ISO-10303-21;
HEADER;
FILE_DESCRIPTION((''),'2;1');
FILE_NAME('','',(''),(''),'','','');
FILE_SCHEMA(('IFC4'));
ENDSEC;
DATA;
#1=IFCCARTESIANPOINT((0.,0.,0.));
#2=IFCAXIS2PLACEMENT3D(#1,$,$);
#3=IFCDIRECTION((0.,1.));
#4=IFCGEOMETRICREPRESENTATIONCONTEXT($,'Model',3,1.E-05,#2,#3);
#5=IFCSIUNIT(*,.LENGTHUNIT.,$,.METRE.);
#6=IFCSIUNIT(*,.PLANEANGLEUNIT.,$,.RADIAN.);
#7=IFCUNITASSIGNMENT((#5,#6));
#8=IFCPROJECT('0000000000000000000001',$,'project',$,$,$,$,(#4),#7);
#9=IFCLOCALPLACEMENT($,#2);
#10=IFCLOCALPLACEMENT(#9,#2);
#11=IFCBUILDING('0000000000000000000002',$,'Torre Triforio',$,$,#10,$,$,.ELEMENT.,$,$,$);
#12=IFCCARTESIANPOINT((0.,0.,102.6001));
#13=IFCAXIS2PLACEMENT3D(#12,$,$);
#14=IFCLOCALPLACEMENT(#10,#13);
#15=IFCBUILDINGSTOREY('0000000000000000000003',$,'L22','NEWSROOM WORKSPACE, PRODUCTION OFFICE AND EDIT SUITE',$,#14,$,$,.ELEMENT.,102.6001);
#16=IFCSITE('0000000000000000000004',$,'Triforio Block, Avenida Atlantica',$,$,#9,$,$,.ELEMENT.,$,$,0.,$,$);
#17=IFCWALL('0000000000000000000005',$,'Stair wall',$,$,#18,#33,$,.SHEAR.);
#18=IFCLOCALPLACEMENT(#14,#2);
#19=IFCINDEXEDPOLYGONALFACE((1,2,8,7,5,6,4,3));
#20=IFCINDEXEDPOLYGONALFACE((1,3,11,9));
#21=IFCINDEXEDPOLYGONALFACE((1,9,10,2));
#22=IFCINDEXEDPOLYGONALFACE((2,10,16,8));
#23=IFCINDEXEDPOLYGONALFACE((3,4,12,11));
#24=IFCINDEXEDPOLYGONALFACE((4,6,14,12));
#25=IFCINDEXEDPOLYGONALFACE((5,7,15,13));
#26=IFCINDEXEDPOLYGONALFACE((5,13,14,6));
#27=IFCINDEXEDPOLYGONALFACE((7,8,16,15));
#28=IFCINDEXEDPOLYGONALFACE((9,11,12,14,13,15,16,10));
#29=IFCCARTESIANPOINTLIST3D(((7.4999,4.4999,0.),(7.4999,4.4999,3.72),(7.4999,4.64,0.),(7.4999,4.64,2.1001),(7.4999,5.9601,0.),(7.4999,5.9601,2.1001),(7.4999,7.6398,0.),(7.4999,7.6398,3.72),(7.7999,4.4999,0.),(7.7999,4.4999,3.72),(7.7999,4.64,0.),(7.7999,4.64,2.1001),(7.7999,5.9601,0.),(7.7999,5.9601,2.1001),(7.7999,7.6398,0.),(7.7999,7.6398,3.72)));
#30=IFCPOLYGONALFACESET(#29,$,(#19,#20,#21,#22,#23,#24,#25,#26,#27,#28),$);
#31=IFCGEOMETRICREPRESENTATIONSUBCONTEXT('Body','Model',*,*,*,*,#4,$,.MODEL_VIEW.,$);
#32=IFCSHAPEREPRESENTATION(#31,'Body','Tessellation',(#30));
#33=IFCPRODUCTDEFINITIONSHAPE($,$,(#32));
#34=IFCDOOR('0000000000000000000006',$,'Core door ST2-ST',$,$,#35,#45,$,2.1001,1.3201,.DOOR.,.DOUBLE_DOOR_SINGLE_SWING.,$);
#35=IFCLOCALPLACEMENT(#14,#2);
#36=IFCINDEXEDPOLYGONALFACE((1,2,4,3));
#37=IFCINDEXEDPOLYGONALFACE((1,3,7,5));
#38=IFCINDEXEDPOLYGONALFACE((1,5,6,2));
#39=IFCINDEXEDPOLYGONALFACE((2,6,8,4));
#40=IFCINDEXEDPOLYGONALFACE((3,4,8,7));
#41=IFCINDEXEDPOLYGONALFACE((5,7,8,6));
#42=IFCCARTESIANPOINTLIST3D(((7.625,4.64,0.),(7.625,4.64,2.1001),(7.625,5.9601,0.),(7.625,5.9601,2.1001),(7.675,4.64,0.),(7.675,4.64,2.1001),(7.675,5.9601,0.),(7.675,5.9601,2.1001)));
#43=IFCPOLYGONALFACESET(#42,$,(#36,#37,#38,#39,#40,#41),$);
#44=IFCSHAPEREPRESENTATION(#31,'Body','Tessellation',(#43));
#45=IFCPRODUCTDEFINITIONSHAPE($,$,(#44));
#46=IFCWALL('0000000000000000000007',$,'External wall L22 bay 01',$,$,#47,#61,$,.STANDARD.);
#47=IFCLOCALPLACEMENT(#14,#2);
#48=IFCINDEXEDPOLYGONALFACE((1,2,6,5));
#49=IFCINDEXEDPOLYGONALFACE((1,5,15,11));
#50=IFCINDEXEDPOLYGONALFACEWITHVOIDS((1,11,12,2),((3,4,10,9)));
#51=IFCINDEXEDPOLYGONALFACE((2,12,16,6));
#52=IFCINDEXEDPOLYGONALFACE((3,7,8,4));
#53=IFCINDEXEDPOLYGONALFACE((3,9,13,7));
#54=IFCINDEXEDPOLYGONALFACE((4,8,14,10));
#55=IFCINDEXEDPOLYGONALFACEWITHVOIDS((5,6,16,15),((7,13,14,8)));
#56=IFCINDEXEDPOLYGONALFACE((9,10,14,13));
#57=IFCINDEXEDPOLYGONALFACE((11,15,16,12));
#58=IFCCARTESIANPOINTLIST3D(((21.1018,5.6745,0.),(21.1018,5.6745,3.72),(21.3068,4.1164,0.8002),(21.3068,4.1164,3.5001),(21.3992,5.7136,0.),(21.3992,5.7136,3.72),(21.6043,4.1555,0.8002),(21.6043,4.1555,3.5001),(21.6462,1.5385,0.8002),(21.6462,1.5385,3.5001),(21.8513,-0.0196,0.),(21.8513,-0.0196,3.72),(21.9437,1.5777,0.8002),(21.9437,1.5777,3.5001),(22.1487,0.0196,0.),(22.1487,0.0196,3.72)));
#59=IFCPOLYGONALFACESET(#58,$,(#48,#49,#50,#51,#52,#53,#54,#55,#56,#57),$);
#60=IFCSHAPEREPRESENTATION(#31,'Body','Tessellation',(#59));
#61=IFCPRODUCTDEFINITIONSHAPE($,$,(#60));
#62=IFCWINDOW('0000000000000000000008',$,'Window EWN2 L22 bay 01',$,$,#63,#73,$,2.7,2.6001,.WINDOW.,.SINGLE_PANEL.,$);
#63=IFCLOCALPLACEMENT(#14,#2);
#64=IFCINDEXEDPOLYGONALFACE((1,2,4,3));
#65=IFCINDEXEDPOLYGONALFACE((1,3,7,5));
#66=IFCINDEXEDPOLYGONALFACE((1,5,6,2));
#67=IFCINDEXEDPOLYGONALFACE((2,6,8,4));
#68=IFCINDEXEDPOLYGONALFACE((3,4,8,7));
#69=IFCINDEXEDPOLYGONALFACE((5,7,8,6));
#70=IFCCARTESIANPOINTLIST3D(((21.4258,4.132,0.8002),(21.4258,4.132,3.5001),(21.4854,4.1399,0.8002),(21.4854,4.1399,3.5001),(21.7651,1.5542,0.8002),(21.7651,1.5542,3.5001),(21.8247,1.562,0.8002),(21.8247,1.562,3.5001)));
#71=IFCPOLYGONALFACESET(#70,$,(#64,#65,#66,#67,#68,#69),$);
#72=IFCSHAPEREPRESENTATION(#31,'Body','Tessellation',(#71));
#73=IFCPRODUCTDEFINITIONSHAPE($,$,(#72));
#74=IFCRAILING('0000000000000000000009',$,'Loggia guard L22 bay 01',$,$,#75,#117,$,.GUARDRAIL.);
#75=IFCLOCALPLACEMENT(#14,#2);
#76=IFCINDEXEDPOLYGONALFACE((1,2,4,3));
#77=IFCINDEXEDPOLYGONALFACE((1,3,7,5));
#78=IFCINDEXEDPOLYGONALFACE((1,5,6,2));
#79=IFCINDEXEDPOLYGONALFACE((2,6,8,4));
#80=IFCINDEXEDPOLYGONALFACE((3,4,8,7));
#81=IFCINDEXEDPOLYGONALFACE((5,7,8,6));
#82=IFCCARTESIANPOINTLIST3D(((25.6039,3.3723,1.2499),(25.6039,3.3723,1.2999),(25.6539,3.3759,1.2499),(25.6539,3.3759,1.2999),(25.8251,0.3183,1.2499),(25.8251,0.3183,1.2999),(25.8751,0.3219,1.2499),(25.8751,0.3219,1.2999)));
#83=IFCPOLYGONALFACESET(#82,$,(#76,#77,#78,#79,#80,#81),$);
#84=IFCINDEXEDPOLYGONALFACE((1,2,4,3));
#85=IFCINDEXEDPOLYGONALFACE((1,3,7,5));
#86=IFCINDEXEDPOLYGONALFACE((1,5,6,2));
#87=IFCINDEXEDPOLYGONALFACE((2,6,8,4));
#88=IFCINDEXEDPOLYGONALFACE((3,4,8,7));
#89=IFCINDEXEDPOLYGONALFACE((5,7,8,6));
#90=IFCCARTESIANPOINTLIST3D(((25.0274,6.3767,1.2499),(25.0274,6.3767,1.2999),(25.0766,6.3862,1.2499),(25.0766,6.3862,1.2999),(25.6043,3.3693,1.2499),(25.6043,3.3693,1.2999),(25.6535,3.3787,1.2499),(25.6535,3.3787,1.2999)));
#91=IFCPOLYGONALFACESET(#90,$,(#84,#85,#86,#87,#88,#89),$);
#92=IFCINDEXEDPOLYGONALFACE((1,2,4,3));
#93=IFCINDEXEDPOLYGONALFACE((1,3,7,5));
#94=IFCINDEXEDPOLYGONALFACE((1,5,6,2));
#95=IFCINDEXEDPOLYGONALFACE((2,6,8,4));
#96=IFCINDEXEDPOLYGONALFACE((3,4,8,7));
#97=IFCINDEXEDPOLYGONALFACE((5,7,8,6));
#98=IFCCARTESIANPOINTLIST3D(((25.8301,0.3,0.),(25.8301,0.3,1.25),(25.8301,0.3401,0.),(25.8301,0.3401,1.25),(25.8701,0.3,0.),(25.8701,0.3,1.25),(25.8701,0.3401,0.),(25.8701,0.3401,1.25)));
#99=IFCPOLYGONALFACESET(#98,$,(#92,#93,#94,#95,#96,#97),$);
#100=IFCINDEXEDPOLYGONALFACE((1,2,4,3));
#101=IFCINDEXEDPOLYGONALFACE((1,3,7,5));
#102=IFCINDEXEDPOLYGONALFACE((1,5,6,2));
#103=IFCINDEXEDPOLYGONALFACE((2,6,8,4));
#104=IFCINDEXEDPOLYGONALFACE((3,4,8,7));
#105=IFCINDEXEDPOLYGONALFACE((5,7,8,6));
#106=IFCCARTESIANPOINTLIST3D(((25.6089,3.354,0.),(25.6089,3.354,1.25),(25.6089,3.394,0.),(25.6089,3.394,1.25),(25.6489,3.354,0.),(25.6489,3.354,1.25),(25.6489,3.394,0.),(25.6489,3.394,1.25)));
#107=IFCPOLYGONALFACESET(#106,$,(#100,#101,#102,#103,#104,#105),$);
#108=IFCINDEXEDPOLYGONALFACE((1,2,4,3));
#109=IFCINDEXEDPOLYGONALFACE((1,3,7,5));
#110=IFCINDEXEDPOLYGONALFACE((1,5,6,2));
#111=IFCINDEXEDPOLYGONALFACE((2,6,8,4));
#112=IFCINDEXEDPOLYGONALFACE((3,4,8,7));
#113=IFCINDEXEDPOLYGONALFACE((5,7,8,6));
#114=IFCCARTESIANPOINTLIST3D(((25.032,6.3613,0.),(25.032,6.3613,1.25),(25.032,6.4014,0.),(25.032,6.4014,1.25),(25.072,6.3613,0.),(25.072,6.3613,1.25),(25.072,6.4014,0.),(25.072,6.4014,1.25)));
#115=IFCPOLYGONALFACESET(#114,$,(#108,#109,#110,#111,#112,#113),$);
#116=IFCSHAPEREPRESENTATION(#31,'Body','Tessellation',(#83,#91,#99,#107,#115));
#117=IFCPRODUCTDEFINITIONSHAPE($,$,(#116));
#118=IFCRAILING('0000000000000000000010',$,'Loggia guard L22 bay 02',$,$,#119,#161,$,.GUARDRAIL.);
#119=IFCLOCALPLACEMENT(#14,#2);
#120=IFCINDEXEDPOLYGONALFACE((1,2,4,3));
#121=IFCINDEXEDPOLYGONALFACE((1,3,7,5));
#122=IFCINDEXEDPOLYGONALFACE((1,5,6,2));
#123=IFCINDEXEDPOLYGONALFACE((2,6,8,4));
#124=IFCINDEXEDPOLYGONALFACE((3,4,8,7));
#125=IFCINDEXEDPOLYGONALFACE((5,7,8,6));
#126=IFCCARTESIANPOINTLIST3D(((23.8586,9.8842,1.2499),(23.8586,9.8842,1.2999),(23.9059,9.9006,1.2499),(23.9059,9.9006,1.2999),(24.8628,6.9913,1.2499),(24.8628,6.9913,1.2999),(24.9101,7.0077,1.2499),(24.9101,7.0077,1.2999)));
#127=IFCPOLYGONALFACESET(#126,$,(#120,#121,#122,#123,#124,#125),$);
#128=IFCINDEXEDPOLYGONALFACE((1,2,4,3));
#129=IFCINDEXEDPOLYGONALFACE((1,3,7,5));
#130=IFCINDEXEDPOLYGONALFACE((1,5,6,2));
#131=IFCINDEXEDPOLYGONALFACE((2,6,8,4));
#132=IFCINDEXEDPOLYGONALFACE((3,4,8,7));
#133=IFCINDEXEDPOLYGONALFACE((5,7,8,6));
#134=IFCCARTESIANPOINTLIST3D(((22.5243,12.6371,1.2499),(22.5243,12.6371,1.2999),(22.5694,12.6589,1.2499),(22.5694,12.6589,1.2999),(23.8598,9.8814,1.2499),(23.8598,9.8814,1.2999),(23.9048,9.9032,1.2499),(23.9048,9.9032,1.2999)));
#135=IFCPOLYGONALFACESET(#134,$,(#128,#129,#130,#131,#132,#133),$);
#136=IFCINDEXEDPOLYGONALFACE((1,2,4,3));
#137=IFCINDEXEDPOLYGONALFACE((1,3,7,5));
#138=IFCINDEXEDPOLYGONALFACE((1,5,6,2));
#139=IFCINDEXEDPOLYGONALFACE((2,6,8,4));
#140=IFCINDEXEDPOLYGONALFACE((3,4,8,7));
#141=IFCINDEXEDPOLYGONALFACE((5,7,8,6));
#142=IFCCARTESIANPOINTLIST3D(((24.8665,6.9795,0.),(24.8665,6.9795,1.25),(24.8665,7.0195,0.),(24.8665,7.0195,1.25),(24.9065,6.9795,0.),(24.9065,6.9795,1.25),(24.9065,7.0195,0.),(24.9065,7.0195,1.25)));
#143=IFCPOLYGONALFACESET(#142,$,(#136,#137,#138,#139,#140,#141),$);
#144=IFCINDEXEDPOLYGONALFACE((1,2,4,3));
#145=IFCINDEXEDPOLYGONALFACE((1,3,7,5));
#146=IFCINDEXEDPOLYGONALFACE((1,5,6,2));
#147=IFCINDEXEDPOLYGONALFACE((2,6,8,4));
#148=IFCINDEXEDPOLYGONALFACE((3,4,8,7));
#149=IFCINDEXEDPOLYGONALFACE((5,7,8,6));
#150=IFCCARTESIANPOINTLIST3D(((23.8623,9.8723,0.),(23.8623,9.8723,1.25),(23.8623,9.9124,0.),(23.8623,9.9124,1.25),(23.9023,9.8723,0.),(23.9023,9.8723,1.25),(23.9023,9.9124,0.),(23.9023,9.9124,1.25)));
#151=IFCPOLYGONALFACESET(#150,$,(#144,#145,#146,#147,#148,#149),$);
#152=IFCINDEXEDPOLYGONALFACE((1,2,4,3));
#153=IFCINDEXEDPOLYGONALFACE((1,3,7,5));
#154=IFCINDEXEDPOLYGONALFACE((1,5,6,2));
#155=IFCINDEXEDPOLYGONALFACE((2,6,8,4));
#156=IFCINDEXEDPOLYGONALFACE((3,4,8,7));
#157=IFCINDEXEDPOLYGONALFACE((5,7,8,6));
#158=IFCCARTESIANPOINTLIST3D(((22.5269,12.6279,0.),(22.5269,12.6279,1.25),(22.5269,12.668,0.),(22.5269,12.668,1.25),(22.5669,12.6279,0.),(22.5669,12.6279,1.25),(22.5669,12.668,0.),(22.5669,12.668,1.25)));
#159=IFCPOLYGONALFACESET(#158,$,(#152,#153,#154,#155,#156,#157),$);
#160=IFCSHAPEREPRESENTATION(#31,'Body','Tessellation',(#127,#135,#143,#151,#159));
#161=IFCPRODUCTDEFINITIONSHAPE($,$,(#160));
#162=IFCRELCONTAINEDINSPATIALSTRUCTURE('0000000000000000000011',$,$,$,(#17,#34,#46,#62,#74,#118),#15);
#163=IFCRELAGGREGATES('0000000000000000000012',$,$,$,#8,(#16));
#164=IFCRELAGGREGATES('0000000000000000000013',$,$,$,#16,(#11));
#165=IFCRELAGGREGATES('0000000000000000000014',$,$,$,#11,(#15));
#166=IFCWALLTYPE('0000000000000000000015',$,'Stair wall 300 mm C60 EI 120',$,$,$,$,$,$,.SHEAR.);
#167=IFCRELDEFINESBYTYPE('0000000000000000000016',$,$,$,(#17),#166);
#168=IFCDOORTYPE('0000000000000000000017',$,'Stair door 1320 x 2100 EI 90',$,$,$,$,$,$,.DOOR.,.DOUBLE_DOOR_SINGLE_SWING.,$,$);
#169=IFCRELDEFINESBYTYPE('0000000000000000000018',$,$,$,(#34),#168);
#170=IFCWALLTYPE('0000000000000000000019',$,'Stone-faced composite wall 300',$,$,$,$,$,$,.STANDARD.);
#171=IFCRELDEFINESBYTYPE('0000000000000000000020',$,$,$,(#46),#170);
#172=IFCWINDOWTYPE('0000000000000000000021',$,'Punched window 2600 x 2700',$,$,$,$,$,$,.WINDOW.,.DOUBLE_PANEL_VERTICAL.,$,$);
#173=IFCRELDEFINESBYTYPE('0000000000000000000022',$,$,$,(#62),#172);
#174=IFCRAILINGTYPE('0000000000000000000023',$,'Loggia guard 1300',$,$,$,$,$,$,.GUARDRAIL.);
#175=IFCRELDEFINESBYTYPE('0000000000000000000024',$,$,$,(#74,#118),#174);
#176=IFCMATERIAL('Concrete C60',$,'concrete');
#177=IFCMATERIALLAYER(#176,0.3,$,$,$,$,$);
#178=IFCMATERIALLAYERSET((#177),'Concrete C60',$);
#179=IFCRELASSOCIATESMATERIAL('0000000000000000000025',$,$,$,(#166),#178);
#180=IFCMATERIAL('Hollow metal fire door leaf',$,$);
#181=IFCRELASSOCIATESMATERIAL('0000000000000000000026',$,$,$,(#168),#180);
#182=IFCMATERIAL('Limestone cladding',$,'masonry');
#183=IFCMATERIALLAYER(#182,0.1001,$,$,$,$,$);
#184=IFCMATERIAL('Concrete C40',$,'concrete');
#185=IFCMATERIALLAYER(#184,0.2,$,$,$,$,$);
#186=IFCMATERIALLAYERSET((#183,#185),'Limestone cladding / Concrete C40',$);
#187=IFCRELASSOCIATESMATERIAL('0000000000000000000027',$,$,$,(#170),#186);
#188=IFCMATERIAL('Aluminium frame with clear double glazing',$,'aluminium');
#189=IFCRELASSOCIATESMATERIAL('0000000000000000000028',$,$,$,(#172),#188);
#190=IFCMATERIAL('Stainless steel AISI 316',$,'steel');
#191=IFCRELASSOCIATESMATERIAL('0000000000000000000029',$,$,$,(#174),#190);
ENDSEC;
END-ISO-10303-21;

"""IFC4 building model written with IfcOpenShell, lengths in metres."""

from ifc_helpers import new_model, si_unit, direction, frame, frame_2d, origin, origin_2d, place, context, subcontext, project, spatial, rectangle, extrude, material, layer, layer_set, type_object, element, fill, save


model = new_model("IFC4")

# Units and contexts
model_context = context("Model", 3, precision=1e-05, world=origin(), true_north=direction((0.0, 1.0)))
body_context = subcontext(model_context, "Body", "Model", "MODEL_VIEW")
ifc_project = project(units=[si_unit("LENGTHUNIT", "METRE"), si_unit("PLANEANGLEUNIT", "RADIAN")], contexts=[model_context])

# Site, building, storey
site_placement = place(None, origin())
site = spatial("IfcSite", under=ifc_project, at=site_placement, Name="Triforio Block, Avenida Atlantica", CompositionType="ELEMENT", RefElevation=0.0)
building_placement = place(site_placement, origin())
building = spatial("IfcBuilding", under=site, at=building_placement, Name="Torre Triforio", CompositionType="ELEMENT")
storey_placement = place(building_placement, frame((0.0, 0.0, 102.6001)))
storey = spatial("IfcBuildingStorey", under=building, at=storey_placement, Name="L22", Description="NEWSROOM WORKSPACE, PRODUCTION OFFICE AND EDIT SUITE", CompositionType="ELEMENT", Elevation=102.6001)

# Shared definitions
ifc_material_1 = material(Name="Concrete C60", Category="concrete")

# Shared definitions
ifc_material_2 = material(Name="Limestone cladding", Category="masonry")
ifc_material_3 = material(Name="Concrete C40", Category="concrete")

# Wall, opening, door
ifc_layer_1 = layer(ifc_material_1, 0.3)
ifc_layer_set_1 = layer_set([ifc_layer_1], Name="Concrete C60")
wall_type_1 = type_object("IfcWallType", Name="Stair wall 300 mm C60 EI 120", PredefinedType="SHEAR", material=ifc_layer_set_1)
wall_1_placement = place(storey_placement, frame((7.6499, 4.5, 0.0), z_axis=(0.0, 0.0, 1.0), x_axis=(0.0, 1.0, 0.0)))
wall_1 = element("IfcWall", 1, at=wall_1_placement, inside=storey, type_object=wall_type_1, Name="Stair wall", PredefinedType="SHEAR", context=body_context, shape_type="SweptSolid", body=[
    extrude(rectangle(XDim=3.1399, YDim=0.3, at=frame_2d((1.5698, 0.0))), origin(), (0.0, 0.0, 1.0), 3.72),
])
opening_1_placement = place(wall_1_placement, frame((0.1399, 0.0, 0.0)))
opening_1 = element("IfcOpeningElement", 2, at=opening_1_placement, cuts=wall_1, PredefinedType="OPENING", context=body_context, shape_type="SweptSolid", body=[
    extrude(rectangle(XDim=1.3201, YDim=2.1001, at=frame_2d((0.6602, 1.05))), frame((0.0, 0.1599, 0.0), z_axis=(0.0, -1.0, 0.0), x_axis=(1.0, 0.0, 0.0)), (0.0, 0.0, 1.0), 0.3201),
])
ifc_material_4 = material(Name="Hollow metal fire door leaf")
door_type_1 = type_object("IfcDoorType", Name="Stair door 1320 x 2100 EI 90", OperationType="DOUBLE_DOOR_SINGLE_SWING", PredefinedType="DOOR", material=ifc_material_4)
door_1_placement = place(opening_1_placement, origin())
door_1 = element("IfcDoor", 3, at=door_1_placement, inside=storey, type_object=door_type_1, Name="Core door ST2-ST", OperationType="DOUBLE_DOOR_SINGLE_SWING", OverallHeight=2.1001, OverallWidth=1.3201, PredefinedType="DOOR", context=body_context, shape_type="SweptSolid", body=[
    extrude(rectangle(XDim=1.3201, YDim=2.1001, at=frame_2d((0.6602, 1.05))), frame((0.0, 0.0249, 0.0), z_axis=(0.0, -1.0, 0.0), x_axis=(1.0, 0.0, 0.0)), (0.0, 0.0, 1.0), 0.05),
])
fill(opening_1, door_1)

# Wall, opening, window
ifc_layer_2 = layer(ifc_material_2, 0.1001)
ifc_layer_3 = layer(ifc_material_3, 0.2)
ifc_layer_set_2 = layer_set([ifc_layer_2, ifc_layer_3], Name="Limestone cladding / Concrete C40")
wall_type_2 = type_object("IfcWallType", Name="Stone-faced composite wall 300", PredefinedType="STANDARD", material=ifc_layer_set_2)
wall_2_placement = place(storey_placement, frame((22.0, 0.0, 0.0), z_axis=(0.0, 0.0, 1.0), x_axis=(-0.130504, 0.991448, 0.0)))
wall_2 = element("IfcWall", 4, at=wall_2_placement, inside=storey, type_object=wall_type_2, Name="External wall L22 bay 01", PredefinedType="STANDARD", context=body_context, shape_type="SweptSolid", body=[
    extrude(rectangle(XDim=5.7432, YDim=0.3, at=frame_2d((2.8716, 0.0))), origin(), (0.0, 0.0, 1.0), 3.72),
])
opening_2_placement = place(wall_2_placement, frame((1.5715, 0.0, 0.8)))
opening_2 = element("IfcOpeningElement", 5, at=opening_2_placement, cuts=wall_2, PredefinedType="OPENING", context=body_context, shape_type="SweptSolid", body=[
    extrude(rectangle(XDim=2.6001, YDim=2.7, at=frame_2d((1.3, 1.3501))), frame((0.0, 0.1599, 0.0), z_axis=(0.0, -1.0, 0.0), x_axis=(1.0, 0.0, 0.0)), (0.0, 0.0, 1.0), 0.3201),
])
ifc_material_5 = material(Name="Aluminium frame with clear double glazing", Category="aluminium")
window_type_1 = type_object("IfcWindowType", Name="Punched window 2600 x 2700", PartitioningType="DOUBLE_PANEL_VERTICAL", PredefinedType="WINDOW", material=ifc_material_5)
window_1_placement = place(opening_2_placement, origin())
window_1 = element("IfcWindow", 6, at=window_1_placement, inside=storey, type_object=window_type_1, Name="Window EWN2 L22 bay 01", OverallHeight=2.7, OverallWidth=2.6001, PartitioningType="SINGLE_PANEL", PredefinedType="WINDOW", context=body_context, shape_type="SweptSolid", body=[
    extrude(rectangle(XDim=2.6001, YDim=2.7, at=frame_2d((1.3, 1.3501))), frame((0.0, 0.03, 0.0), z_axis=(0.0, -1.0, 0.0), x_axis=(1.0, 0.0, 0.0)), (0.0, 0.0, 1.0), 0.0601),
])
fill(opening_2, window_1)

# Railings
ifc_material_6 = material(Name="Stainless steel AISI 316", Category="steel")
railing_type = type_object("IfcRailingType", Name="Loggia guard 1300", PredefinedType="GUARDRAIL", material=ifc_material_6)
railing_1_placement = place(storey_placement, frame((25.8501, 0.3201, 0.0)))
element("IfcRailing", 7, at=railing_1_placement, inside=storey, type_object=railing_type, Name="Loggia guard L22 bay 01", PredefinedType="GUARDRAIL", context=body_context, shape_type="SweptSolid", body=[
    extrude(rectangle(XDim=0.05, YDim=0.05, at=origin_2d()), frame((0.0, 0.0, 1.2749), z_axis=(-0.072239, 0.997387, 0.0), x_axis=(-0.997387, -0.072239, 0.0)), (0.0, 0.0, 1.0), 3.062),
    extrude(rectangle(XDim=0.05, YDim=0.05, at=origin_2d()), frame((-0.2212, 3.054, 1.2749), z_axis=(-0.188398, 0.982093, 0.0), x_axis=(-0.982093, -0.188398, 0.0)), (0.0, 0.0, 1.0), 3.0623),
    extrude(rectangle(XDim=0.04, YDim=0.04, at=origin_2d()), origin(), (0.0, 0.0, 1.0), 1.25),
    extrude(rectangle(XDim=0.04, YDim=0.04, at=origin_2d()), frame((-0.2212, 3.054, 0.0)), (0.0, 0.0, 1.0), 1.25),
    extrude(rectangle(XDim=0.04, YDim=0.04, at=origin_2d()), frame((-0.7981, 6.0613, 0.0)), (0.0, 0.0, 1.0), 1.25),
])
railing_2_placement = place(storey_placement, frame((24.8865, 6.9995, 0.0)))
element("IfcRailing", 8, at=railing_2_placement, inside=storey, type_object=railing_type, Name="Loggia guard L22 bay 02", PredefinedType="GUARDRAIL", context=body_context, shape_type="SweptSolid", body=[
    extrude(rectangle(XDim=0.05, YDim=0.05, at=origin_2d()), frame((0.0, 0.0, 1.2749), z_axis=(-0.327924, 0.944704, 0.0), x_axis=(-0.944704, -0.327924, 0.0)), (0.0, 0.0, 1.0), 3.0623),
    extrude(rectangle(XDim=0.05, YDim=0.05, at=origin_2d()), frame((-1.0042, 2.8928, 1.2749), z_axis=(-0.436113, 0.899892, 0.0), x_axis=(-0.899892, -0.436113, 0.0)), (0.0, 0.0, 1.0), 3.0623),
    extrude(rectangle(XDim=0.04, YDim=0.04, at=origin_2d()), origin(), (0.0, 0.0, 1.0), 1.25),
    extrude(rectangle(XDim=0.04, YDim=0.04, at=origin_2d()), frame((-1.0042, 2.8928, 0.0)), (0.0, 0.0, 1.0), 1.25),
    extrude(rectangle(XDim=0.04, YDim=0.04, at=origin_2d()), frame((-2.3396, 5.6484, 0.0)), (0.0, 0.0, 1.0), 1.25),
])

save(model, "model.ifc")
